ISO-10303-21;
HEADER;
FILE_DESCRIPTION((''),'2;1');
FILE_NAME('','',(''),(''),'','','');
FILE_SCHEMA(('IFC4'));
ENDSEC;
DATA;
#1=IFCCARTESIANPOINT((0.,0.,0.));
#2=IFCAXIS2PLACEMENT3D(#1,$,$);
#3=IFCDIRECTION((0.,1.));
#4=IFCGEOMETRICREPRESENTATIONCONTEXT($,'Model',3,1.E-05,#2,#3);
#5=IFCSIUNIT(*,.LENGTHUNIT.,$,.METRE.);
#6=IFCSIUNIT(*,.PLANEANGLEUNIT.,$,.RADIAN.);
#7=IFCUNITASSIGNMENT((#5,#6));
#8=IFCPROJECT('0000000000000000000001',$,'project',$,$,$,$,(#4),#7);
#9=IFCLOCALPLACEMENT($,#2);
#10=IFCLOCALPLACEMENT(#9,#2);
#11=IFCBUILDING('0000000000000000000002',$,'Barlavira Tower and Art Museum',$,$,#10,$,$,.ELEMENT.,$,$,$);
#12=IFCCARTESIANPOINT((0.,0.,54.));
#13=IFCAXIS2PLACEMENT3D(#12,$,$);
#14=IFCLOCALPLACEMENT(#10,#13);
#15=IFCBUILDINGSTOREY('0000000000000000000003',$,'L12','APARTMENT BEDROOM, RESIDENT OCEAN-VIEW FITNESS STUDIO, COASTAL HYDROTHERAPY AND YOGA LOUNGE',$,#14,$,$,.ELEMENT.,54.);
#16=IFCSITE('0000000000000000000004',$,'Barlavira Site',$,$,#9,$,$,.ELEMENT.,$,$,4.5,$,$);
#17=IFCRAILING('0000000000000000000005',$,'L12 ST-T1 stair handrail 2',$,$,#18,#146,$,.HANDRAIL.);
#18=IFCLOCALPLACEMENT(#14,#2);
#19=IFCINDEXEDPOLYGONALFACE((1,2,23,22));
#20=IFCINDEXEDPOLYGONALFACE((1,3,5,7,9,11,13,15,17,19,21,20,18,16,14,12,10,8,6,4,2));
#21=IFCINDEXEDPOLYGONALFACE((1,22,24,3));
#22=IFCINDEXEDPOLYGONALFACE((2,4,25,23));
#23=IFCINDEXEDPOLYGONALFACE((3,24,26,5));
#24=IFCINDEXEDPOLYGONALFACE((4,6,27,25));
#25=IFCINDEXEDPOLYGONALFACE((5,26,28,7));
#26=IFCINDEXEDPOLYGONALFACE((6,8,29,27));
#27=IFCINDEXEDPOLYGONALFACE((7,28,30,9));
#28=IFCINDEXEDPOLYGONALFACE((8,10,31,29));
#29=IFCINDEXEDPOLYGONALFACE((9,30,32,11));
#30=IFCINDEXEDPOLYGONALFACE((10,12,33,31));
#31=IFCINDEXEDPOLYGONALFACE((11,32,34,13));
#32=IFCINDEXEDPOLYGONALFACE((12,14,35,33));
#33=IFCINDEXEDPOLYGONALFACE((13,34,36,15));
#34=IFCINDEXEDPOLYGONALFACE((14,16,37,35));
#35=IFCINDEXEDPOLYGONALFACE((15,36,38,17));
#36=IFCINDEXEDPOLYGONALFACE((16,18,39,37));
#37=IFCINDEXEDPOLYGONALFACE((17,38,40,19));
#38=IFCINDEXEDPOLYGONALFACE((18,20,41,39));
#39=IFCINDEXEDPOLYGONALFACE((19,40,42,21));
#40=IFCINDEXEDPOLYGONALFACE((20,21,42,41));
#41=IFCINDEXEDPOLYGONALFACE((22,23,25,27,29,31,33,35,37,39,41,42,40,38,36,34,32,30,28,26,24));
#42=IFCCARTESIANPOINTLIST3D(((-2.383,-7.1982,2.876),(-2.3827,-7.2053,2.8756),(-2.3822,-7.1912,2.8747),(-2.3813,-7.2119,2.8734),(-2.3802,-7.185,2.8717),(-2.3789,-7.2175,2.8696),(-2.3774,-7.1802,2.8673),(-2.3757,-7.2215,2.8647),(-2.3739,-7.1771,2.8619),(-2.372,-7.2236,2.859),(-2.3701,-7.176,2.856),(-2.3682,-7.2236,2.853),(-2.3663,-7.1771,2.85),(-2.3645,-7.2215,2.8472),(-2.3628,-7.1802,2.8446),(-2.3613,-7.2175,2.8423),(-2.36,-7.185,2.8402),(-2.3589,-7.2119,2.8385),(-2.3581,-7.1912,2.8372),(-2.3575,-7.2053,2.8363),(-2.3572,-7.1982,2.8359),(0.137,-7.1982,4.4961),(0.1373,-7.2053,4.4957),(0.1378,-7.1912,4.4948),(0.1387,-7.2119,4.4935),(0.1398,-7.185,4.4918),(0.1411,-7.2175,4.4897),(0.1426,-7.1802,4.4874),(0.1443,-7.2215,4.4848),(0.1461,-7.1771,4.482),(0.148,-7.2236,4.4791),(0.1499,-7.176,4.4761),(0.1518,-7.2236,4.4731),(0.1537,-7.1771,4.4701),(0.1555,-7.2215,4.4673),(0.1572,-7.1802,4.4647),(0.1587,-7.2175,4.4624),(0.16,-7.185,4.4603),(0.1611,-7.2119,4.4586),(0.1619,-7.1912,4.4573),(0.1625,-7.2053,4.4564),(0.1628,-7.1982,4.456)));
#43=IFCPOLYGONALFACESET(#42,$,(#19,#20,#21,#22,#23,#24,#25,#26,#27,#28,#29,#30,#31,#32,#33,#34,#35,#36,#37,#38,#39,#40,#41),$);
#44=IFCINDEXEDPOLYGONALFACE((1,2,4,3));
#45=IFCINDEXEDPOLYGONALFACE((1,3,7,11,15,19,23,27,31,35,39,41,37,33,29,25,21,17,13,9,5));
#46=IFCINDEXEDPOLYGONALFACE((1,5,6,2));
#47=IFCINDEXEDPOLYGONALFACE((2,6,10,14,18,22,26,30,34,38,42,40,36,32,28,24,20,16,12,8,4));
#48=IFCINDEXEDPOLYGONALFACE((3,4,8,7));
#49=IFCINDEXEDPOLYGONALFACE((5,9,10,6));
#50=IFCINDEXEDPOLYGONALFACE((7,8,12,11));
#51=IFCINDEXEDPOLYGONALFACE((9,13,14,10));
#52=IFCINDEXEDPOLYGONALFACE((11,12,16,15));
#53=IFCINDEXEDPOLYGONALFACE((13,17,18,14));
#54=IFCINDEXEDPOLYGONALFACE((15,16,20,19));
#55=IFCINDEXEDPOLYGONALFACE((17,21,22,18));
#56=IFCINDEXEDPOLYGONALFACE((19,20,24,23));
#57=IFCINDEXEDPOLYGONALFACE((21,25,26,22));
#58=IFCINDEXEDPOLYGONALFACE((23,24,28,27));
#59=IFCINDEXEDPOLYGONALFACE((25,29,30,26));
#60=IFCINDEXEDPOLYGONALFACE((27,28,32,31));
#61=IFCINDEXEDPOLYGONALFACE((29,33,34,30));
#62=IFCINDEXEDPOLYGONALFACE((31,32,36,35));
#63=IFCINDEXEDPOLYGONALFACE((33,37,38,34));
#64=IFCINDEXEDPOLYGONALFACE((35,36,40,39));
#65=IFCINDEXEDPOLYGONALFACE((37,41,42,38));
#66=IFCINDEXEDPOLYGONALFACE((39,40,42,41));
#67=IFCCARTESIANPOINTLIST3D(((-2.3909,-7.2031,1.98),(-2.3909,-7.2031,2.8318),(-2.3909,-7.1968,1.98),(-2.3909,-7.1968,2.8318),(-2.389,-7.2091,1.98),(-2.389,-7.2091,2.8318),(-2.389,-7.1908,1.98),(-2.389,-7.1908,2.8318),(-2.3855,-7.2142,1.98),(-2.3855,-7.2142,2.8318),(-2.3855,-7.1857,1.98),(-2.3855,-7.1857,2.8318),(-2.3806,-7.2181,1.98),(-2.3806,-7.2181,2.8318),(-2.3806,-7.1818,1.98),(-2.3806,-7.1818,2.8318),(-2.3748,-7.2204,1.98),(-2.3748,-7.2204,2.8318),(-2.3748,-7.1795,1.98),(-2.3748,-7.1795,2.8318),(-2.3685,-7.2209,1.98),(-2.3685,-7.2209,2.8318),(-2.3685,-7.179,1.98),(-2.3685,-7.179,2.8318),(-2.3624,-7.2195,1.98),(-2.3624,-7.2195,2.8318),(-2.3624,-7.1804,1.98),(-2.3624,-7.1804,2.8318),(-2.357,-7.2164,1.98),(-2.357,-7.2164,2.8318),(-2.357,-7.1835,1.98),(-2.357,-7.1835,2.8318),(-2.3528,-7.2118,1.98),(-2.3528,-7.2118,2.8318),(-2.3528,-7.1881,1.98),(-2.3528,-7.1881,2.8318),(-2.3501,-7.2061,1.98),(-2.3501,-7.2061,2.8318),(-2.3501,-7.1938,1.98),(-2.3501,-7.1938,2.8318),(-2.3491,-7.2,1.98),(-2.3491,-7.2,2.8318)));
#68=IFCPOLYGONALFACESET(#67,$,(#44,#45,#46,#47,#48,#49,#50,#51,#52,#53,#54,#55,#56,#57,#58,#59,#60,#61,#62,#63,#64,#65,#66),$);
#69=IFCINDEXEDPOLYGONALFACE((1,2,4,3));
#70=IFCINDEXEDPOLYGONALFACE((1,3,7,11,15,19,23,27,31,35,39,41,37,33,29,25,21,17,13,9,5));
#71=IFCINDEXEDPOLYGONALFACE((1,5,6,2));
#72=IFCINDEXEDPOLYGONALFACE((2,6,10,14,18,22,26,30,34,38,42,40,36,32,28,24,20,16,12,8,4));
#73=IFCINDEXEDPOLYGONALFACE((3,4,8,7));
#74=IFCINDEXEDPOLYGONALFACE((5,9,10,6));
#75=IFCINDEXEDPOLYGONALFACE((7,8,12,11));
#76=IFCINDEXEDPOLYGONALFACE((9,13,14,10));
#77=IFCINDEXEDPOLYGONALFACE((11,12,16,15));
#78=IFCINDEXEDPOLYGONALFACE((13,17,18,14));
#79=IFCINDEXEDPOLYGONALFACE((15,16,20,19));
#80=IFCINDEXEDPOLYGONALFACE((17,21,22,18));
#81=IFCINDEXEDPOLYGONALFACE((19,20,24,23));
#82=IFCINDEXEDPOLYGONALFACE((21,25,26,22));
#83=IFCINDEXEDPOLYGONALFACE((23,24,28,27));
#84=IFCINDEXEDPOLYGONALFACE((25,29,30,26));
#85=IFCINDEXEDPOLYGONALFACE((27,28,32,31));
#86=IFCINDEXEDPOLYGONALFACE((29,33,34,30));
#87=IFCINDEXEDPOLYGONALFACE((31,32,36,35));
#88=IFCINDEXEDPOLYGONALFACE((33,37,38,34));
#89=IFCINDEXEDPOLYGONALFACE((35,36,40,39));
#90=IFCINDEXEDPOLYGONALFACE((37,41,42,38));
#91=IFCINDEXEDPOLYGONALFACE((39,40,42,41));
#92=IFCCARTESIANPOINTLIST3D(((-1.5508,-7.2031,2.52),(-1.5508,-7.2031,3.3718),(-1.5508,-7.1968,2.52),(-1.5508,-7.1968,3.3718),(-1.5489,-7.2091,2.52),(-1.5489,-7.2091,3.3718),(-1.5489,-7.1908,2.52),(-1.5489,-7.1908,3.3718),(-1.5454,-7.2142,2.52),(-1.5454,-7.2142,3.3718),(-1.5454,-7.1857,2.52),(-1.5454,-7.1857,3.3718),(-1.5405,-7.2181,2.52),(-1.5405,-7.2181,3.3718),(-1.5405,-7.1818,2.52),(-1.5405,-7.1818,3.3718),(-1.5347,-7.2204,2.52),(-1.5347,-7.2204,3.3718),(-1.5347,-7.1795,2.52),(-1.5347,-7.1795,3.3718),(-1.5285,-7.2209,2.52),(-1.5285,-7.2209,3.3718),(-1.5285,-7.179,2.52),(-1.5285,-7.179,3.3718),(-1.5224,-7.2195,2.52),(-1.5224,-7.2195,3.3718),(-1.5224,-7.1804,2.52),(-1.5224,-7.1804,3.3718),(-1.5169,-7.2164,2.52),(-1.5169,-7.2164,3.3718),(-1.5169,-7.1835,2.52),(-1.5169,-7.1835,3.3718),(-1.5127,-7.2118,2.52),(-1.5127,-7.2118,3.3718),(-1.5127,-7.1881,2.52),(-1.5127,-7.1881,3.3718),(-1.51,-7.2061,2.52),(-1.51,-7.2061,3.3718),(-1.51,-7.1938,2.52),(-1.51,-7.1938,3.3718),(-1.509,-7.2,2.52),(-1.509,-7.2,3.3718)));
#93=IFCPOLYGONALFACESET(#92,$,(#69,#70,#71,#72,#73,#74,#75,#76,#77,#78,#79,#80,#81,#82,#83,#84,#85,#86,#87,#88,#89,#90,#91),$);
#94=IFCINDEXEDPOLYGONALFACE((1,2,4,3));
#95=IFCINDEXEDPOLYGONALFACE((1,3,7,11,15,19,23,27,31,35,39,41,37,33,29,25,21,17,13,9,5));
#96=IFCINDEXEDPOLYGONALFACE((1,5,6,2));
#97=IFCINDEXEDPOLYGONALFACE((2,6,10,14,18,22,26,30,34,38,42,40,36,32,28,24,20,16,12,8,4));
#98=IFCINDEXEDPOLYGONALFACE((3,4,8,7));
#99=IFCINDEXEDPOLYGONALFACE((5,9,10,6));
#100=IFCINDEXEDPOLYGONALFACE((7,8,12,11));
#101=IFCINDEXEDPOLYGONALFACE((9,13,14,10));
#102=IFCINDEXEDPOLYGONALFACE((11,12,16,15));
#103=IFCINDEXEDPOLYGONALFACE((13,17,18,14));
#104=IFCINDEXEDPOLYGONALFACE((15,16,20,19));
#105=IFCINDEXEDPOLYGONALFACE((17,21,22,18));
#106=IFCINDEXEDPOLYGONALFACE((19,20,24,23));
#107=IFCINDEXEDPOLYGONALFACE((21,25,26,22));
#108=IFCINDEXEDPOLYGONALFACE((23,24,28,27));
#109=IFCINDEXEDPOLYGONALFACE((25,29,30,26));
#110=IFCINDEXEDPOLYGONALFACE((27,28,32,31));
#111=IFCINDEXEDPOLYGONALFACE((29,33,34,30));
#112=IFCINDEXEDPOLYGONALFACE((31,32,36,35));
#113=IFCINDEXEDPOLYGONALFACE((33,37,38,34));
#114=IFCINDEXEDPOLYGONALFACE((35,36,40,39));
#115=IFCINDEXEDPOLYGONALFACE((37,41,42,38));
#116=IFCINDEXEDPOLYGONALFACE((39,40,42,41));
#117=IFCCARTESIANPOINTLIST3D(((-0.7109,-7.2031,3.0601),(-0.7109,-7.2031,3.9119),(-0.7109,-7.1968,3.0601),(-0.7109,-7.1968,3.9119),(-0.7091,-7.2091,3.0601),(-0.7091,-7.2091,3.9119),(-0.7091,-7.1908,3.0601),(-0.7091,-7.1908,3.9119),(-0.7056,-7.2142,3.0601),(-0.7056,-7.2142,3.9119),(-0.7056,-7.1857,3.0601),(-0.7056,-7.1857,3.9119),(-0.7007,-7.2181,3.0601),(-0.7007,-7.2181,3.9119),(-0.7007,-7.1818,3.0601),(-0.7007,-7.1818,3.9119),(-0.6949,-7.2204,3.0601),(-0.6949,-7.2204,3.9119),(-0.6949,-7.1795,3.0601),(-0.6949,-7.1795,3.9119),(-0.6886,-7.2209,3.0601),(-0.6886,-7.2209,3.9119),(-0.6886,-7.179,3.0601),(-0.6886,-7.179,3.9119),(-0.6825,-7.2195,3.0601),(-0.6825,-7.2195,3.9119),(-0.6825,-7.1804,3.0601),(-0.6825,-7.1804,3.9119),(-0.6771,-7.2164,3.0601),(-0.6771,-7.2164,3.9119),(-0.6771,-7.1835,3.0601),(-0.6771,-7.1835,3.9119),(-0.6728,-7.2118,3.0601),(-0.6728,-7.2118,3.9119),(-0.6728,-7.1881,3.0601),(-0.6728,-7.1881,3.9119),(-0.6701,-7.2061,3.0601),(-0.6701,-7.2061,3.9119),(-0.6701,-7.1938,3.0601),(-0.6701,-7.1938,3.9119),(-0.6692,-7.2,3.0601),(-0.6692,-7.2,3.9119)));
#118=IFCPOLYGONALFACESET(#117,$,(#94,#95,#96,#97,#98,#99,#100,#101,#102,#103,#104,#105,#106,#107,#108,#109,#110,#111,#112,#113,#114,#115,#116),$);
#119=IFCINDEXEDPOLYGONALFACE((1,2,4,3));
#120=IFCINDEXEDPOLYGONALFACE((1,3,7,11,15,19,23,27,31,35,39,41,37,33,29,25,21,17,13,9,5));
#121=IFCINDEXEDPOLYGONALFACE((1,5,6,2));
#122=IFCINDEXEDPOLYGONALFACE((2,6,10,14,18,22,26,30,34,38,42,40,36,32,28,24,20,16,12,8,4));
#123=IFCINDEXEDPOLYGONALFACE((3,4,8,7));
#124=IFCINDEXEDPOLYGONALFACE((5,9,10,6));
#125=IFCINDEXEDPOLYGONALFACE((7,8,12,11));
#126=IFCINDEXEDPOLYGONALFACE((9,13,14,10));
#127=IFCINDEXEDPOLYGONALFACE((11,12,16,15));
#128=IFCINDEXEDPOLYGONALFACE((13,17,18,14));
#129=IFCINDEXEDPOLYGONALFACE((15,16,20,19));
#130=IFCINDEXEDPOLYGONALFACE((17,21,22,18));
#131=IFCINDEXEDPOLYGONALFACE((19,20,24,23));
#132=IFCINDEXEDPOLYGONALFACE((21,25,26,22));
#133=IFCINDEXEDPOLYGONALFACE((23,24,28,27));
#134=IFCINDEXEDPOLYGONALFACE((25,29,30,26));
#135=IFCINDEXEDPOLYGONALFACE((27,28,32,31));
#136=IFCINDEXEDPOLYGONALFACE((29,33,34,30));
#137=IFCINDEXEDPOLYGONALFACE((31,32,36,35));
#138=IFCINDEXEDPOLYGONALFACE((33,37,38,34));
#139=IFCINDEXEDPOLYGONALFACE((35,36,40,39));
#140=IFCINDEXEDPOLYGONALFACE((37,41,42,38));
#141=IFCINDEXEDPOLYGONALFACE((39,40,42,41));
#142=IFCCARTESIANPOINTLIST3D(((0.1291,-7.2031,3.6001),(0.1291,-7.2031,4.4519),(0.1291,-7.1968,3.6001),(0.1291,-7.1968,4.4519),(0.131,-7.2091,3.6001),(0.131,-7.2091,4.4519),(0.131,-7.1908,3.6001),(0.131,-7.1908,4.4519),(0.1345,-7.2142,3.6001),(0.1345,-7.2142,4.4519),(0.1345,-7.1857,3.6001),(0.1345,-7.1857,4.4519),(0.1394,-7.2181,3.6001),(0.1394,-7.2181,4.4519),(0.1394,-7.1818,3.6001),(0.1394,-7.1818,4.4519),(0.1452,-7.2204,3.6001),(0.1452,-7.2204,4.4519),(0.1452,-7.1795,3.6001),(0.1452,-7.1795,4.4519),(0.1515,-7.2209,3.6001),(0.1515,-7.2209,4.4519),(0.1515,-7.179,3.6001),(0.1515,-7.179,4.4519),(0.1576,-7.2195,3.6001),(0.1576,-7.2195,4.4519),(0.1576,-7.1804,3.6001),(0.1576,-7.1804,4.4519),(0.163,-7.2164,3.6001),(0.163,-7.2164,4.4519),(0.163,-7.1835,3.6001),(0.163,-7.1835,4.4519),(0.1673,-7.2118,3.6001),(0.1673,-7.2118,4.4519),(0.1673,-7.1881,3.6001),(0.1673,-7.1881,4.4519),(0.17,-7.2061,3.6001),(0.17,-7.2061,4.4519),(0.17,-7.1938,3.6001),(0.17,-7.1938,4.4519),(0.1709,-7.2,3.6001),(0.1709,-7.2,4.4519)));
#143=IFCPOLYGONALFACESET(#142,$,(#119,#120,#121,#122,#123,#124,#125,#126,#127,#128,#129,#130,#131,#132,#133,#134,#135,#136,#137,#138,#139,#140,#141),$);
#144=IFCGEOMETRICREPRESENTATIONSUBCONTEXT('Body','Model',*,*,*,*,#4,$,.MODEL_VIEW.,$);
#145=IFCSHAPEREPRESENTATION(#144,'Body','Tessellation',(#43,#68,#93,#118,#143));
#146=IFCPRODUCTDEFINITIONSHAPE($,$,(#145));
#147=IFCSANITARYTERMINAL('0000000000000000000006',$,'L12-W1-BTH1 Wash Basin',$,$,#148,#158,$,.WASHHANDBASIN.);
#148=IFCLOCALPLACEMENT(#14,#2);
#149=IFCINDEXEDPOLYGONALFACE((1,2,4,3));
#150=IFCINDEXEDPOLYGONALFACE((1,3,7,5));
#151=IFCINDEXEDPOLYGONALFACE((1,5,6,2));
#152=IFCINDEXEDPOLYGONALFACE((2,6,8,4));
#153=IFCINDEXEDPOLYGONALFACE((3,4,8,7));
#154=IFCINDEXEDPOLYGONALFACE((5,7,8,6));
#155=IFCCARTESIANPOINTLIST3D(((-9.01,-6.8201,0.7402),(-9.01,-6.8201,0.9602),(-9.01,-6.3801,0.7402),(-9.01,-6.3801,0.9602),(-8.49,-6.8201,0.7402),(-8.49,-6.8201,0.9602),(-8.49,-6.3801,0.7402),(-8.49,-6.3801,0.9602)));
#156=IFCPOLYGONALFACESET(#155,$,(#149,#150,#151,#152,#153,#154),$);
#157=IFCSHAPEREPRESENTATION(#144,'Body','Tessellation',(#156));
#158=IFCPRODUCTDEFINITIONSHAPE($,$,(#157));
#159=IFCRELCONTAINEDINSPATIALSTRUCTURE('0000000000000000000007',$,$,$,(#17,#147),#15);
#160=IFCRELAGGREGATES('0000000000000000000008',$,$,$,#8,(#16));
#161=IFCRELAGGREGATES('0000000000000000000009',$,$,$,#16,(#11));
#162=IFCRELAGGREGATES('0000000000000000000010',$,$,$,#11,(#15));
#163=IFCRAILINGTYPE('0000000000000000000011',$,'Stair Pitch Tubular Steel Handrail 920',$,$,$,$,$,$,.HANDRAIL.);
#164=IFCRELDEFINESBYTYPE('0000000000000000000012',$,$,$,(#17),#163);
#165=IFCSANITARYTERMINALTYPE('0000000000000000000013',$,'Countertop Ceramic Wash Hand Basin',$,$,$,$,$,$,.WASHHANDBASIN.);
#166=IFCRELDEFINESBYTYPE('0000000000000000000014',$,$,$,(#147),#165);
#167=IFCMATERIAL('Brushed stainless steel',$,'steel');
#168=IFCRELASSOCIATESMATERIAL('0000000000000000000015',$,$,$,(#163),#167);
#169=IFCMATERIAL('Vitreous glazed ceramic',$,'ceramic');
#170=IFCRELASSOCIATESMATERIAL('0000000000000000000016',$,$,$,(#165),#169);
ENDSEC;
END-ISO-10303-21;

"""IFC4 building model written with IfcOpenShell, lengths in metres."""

from ifc_helpers import new_model, si_unit, direction, frame, origin, origin_2d, place, context, subcontext, project, spatial, rectangle, circle, extrude, material, type_object, element, save


model = new_model("IFC4")

# Units and contexts
model_context = context("Model", 3, precision=1e-05, world=origin(), true_north=direction((0.0, 1.0)))
body_context = subcontext(model_context, "Body", "Model", "MODEL_VIEW")
ifc_project = project(units=[si_unit("LENGTHUNIT", "METRE"), si_unit("PLANEANGLEUNIT", "RADIAN")], contexts=[model_context])

# Site, building, storey
site_placement = place(None, origin())
site = spatial("IfcSite", under=ifc_project, at=site_placement, Name="Barlavira Site", CompositionType="ELEMENT", RefElevation=4.5)
building_placement = place(site_placement, origin())
building = spatial("IfcBuilding", under=site, at=building_placement, Name="Barlavira Tower and Art Museum", CompositionType="ELEMENT")
storey_placement = place(building_placement, frame((0.0, 0.0, 54.0)))
storey = spatial("IfcBuildingStorey", under=building, at=storey_placement, Name="L12", Description="APARTMENT BEDROOM, RESIDENT OCEAN-VIEW FITNESS STUDIO, COASTAL HYDROTHERAPY AND YOGA LOUNGE", CompositionType="ELEMENT", Elevation=54.0)

# Shared definitions
ifc_material_1 = material(Name="Brushed stainless steel", Category="steel")

# Railing
railing_type_1 = type_object("IfcRailingType", Name="Stair Pitch Tubular Steel Handrail 920", PredefinedType="HANDRAIL", material=ifc_material_1)
railing_1_placement = place(storey_placement, frame((-2.3701, -7.2, 1.98)))
element("IfcRailing", 1, at=railing_1_placement, inside=storey, type_object=railing_type_1, Name="L12 ST-T1 stair handrail 2", PredefinedType="HANDRAIL", context=body_context, shape_type="SweptSolid", body=[
    extrude(circle(Radius=0.0239, at=origin_2d()), frame((0.0, 0.0, 0.876), z_axis=(0.841163, 0.0, 0.540782), x_axis=(0.0, 1.0, 0.0)), (0.0, 0.0, 1.0), 2.9958),
    extrude(circle(Radius=0.021, at=origin_2d()), origin(), (0.0, 0.0, 1.0), 0.8518),
    extrude(circle(Radius=0.021, at=origin_2d()), frame((0.8401, 0.0, 0.54)), (0.0, 0.0, 1.0), 0.8518),
    extrude(circle(Radius=0.021, at=origin_2d()), frame((1.6799, 0.0, 1.0801)), (0.0, 0.0, 1.0), 0.8518),
    extrude(circle(Radius=0.021, at=origin_2d()), frame((2.52, 0.0, 1.6201)), (0.0, 0.0, 1.0), 0.8518),
])

# Sanitary terminal
ifc_material_2 = material(Name="Vitreous glazed ceramic", Category="ceramic")
sanitary_terminal_type = type_object("IfcSanitaryTerminalType", Name="Countertop Ceramic Wash Hand Basin", PredefinedType="WASHHANDBASIN", material=ifc_material_2)
sanitary_terminal_placement = place(storey_placement, frame((-8.75, -6.6001, 0.7402), z_axis=(0.0, 0.0, 1.0), x_axis=(1.0, 0.0, 0.0)))
element("IfcSanitaryTerminal", 2, at=sanitary_terminal_placement, inside=storey, type_object=sanitary_terminal_type, Name="L12-W1-BTH1 Wash Basin", PredefinedType="WASHHANDBASIN", context=body_context, shape_type="SweptSolid", body=[
    extrude(rectangle(XDim=0.52, YDim=0.4399, at=origin_2d()), origin(), (0.0, 0.0, 1.0), 0.22),
])

save(model, "model.ifc")
